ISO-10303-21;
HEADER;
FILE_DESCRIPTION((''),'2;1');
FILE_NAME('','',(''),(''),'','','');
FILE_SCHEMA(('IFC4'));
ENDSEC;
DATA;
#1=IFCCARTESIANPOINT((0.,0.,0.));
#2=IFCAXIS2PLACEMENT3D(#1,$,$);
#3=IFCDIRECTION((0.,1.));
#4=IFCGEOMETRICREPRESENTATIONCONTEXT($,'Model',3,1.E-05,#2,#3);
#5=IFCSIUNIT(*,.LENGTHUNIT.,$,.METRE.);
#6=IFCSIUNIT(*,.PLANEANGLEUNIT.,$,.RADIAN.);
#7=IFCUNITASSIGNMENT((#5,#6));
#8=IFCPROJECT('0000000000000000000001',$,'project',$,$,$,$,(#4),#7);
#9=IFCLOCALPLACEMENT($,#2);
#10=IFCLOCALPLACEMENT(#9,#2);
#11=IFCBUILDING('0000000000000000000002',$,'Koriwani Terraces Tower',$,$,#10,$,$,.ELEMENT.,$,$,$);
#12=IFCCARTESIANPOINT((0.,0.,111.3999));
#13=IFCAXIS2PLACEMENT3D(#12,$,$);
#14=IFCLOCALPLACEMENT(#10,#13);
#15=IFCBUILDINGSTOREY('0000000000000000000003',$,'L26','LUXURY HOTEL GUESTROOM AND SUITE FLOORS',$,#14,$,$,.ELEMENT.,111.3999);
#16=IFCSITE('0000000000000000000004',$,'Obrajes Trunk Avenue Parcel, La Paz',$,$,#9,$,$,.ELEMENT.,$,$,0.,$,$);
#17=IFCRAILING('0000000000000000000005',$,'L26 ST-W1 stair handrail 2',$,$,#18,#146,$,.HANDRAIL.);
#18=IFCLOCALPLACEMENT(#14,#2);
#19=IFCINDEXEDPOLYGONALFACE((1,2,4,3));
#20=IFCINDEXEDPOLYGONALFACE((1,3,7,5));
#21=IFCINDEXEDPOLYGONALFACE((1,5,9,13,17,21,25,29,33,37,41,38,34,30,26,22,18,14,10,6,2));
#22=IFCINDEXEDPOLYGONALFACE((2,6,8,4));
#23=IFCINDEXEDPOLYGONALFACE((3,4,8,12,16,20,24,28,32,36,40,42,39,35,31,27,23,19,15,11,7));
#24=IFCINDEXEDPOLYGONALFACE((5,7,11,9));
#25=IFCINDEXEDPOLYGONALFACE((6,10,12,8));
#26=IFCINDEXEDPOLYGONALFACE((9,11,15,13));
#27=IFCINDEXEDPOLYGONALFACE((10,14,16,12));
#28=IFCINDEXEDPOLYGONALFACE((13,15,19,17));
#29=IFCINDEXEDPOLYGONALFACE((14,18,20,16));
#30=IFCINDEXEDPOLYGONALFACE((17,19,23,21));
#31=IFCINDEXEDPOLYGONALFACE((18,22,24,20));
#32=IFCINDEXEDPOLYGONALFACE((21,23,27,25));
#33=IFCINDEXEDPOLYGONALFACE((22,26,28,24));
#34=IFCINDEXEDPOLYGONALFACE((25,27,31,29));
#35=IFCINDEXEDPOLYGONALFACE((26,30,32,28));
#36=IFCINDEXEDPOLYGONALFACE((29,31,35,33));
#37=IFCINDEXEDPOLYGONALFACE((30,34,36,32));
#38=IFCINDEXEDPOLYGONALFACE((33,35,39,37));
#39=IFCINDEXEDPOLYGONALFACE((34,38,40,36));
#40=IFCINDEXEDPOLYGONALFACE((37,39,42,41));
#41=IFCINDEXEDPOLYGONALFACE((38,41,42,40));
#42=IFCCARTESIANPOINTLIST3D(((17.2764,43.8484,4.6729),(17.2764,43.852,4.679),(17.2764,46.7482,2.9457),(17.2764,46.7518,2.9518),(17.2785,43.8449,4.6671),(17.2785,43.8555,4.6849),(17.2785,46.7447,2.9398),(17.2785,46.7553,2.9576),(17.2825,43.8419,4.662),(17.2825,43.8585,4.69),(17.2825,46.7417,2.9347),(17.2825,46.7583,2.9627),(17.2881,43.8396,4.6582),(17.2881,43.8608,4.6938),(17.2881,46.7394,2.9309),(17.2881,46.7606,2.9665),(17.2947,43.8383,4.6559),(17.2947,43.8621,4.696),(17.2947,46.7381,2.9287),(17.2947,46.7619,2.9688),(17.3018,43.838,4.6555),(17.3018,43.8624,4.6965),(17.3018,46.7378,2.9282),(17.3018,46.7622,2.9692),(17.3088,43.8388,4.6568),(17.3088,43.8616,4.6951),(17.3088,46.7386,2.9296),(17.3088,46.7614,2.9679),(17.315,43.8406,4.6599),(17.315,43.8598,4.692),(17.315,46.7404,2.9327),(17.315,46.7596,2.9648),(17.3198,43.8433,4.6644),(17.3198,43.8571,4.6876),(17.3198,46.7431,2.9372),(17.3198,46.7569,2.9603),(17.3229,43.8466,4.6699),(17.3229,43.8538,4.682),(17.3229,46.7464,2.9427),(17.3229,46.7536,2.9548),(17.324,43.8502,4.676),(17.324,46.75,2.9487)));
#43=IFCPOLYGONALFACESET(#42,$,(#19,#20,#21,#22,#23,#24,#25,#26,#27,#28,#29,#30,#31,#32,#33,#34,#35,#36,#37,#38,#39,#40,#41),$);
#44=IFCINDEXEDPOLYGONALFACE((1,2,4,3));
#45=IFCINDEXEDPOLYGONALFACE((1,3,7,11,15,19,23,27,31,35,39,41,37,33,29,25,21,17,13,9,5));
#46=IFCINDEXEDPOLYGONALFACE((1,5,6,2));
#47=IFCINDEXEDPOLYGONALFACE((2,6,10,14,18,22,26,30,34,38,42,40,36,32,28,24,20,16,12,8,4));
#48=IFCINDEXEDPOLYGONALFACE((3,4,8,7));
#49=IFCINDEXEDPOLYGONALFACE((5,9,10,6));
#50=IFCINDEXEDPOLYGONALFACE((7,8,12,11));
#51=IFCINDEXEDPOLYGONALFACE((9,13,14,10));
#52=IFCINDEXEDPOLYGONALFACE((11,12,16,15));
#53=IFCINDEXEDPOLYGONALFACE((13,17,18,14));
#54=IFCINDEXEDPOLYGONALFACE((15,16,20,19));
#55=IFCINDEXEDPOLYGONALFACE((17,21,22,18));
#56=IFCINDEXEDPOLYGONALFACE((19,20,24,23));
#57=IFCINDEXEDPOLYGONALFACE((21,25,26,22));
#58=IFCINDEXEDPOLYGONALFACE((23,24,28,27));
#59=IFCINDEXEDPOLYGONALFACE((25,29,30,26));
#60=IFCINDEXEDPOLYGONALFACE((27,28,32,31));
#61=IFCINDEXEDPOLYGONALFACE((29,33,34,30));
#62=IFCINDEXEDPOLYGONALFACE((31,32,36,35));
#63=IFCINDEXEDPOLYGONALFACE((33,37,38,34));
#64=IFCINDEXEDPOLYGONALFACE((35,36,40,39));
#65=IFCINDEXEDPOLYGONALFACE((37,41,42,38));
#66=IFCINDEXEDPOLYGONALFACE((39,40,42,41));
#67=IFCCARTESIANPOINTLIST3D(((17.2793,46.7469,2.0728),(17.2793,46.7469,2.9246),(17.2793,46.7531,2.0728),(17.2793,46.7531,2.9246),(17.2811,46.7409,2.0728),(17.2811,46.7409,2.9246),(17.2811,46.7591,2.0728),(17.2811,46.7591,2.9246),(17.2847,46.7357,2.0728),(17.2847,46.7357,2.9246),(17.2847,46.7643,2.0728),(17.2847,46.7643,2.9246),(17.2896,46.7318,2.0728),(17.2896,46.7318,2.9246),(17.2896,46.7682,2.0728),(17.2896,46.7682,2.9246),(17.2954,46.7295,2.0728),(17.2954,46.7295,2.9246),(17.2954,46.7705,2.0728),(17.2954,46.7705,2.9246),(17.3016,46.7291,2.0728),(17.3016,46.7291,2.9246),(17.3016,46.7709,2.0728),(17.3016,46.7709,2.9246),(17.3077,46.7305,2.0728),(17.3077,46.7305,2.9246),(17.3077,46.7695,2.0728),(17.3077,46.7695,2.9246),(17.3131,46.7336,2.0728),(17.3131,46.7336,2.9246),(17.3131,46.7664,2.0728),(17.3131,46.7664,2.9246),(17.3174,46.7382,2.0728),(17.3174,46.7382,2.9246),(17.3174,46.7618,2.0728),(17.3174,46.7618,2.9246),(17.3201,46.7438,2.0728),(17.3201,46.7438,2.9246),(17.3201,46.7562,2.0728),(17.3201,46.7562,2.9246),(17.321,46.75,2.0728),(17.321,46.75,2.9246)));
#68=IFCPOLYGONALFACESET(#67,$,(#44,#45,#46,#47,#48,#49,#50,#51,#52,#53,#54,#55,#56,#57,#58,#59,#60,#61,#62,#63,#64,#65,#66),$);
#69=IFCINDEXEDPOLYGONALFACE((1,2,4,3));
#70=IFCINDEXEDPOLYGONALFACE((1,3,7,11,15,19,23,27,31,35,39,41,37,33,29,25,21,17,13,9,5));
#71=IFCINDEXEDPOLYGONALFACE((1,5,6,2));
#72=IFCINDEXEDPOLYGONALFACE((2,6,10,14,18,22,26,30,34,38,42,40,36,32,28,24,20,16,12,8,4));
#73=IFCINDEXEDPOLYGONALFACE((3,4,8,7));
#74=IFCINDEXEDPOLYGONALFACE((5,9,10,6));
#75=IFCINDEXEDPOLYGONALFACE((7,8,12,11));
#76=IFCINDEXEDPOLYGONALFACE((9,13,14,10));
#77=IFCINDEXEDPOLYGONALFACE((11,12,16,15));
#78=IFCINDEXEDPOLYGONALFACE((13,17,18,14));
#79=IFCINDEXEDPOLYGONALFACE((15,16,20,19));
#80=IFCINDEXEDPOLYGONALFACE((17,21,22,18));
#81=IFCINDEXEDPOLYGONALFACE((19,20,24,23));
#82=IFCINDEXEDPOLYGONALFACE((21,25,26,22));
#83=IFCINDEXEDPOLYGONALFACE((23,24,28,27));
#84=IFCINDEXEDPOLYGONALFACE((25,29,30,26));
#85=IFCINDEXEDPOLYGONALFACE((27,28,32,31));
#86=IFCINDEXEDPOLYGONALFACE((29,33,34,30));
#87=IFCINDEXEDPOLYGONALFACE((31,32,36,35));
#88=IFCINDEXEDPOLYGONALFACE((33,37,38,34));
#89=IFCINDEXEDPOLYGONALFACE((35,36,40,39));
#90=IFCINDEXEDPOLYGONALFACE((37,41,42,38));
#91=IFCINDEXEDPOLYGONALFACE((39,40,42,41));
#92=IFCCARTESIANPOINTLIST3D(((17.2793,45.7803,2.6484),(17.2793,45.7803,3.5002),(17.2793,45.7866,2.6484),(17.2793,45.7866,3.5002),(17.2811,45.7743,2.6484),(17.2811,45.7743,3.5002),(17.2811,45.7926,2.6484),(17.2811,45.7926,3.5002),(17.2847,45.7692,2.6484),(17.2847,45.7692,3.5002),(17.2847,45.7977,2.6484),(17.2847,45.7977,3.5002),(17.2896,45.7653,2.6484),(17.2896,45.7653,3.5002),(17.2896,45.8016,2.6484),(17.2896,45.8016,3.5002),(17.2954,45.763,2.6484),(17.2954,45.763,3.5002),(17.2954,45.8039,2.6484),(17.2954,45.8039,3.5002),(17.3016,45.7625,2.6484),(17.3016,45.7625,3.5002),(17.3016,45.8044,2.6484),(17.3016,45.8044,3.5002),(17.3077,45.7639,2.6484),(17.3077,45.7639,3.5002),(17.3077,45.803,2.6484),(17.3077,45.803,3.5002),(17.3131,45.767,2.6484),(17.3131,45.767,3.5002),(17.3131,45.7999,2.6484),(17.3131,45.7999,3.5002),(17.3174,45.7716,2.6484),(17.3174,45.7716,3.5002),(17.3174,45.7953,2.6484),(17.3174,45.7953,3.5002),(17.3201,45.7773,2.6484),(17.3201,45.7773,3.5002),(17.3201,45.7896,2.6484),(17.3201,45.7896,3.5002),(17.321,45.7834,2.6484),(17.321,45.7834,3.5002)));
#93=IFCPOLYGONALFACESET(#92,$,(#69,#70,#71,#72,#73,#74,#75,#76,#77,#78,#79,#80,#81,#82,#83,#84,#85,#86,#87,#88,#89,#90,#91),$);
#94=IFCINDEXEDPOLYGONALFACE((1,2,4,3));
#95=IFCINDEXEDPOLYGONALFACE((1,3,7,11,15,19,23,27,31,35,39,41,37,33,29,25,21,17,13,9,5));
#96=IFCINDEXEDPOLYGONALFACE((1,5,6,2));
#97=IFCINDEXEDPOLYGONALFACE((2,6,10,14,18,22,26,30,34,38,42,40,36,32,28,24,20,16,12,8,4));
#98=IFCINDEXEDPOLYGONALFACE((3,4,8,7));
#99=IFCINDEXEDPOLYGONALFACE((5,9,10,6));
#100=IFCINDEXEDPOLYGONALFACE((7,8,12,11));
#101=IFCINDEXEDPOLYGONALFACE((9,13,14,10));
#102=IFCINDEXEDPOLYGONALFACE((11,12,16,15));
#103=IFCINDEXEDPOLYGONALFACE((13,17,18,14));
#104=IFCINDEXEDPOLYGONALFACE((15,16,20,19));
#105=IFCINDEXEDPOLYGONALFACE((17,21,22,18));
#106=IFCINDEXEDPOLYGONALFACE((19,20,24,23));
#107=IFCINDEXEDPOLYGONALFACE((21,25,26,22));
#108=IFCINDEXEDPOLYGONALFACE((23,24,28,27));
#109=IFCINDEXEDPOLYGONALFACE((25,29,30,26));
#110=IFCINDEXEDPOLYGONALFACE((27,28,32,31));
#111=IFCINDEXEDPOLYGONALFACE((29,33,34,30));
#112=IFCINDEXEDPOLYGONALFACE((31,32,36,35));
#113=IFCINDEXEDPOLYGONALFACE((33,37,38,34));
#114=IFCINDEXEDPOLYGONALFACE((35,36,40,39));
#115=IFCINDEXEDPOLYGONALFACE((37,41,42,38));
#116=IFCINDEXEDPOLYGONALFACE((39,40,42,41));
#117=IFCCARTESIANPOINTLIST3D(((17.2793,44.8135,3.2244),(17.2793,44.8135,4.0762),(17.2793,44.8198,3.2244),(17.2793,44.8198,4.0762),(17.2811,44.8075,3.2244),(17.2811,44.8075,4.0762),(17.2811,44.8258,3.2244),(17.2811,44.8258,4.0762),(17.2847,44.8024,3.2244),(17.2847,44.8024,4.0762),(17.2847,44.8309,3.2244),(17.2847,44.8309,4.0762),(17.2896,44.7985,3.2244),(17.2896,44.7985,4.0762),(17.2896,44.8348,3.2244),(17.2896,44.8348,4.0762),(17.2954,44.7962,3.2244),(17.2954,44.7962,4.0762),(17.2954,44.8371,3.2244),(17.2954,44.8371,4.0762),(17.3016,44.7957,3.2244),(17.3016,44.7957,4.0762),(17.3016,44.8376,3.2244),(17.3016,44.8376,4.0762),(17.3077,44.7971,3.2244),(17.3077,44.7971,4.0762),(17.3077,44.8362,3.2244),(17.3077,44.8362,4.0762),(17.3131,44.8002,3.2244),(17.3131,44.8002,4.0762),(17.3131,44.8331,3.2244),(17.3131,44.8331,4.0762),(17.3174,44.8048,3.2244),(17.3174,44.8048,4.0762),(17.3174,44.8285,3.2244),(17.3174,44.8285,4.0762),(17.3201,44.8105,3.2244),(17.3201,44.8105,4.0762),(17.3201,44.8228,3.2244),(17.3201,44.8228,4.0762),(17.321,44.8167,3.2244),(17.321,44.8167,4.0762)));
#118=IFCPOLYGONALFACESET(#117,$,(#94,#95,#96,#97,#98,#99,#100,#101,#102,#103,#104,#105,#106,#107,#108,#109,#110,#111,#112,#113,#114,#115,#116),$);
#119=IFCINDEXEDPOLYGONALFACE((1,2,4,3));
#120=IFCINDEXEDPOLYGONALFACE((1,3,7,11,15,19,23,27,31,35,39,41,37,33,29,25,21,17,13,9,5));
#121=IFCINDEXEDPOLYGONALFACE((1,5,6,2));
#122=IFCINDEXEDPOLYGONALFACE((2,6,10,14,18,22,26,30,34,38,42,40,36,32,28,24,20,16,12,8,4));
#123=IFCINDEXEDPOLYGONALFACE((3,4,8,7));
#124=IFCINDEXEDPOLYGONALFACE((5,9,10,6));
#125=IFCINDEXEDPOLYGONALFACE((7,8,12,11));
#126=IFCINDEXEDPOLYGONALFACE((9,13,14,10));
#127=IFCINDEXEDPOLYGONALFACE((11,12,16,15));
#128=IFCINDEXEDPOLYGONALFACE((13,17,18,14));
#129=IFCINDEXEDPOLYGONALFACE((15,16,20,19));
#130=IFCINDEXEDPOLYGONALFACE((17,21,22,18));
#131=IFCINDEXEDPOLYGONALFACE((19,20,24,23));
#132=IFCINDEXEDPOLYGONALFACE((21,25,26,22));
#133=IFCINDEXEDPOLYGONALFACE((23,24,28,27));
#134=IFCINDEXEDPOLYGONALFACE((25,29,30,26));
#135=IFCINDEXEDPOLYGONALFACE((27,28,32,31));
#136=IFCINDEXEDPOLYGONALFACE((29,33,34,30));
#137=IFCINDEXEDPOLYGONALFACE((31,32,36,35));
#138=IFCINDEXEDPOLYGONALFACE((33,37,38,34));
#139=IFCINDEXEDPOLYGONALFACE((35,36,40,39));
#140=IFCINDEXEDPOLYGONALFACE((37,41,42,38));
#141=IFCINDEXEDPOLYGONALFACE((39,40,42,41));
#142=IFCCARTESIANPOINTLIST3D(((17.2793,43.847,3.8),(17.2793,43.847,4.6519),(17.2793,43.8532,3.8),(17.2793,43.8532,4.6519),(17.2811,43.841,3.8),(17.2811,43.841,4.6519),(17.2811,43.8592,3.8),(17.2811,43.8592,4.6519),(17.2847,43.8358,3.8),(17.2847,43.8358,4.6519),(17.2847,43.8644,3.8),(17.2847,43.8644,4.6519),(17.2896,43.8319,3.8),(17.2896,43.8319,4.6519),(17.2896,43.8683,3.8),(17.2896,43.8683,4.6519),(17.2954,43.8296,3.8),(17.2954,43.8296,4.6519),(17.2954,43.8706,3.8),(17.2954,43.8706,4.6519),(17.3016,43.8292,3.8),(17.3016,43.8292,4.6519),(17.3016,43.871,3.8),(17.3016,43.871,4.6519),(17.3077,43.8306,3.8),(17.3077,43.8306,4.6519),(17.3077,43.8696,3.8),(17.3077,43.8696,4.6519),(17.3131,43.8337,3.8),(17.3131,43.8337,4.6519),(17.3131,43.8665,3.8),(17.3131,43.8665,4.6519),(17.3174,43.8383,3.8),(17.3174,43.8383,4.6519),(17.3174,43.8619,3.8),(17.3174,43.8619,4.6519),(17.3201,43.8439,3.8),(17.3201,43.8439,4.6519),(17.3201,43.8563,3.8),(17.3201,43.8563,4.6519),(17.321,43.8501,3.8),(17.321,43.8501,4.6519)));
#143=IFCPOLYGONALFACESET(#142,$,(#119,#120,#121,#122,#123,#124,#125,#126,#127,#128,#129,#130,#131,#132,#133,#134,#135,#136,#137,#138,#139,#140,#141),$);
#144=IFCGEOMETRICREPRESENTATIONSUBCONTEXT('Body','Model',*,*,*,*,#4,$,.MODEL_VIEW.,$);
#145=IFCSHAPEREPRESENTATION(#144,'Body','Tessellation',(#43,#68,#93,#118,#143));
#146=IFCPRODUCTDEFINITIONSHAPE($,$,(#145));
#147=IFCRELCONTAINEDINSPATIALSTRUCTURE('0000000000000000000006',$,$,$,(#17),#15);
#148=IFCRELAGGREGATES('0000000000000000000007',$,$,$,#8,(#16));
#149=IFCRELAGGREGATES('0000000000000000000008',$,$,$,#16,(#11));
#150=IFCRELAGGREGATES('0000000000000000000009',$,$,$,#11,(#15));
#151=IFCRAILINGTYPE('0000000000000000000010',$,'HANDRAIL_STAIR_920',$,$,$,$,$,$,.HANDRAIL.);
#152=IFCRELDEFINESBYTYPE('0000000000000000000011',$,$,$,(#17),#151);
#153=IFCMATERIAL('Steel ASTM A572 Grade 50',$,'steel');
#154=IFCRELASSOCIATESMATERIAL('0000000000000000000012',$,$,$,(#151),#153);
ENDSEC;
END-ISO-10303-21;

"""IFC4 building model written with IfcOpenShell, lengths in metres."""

from ifc_helpers import new_model, si_unit, direction, frame, origin, origin_2d, place, context, subcontext, project, spatial, circle, extrude, material, type_object, element, save


model = new_model("IFC4")

# Units and contexts
model_context = context("Model", 3, precision=1e-05, world=origin(), true_north=direction((0.0, 1.0)))
body_context = subcontext(model_context, "Body", "Model", "MODEL_VIEW")
ifc_project = project(units=[si_unit("LENGTHUNIT", "METRE"), si_unit("PLANEANGLEUNIT", "RADIAN")], contexts=[model_context])

# Site, building, storey
site_placement = place(None, origin())
site = spatial("IfcSite", under=ifc_project, at=site_placement, Name="Obrajes Trunk Avenue Parcel, La Paz", CompositionType="ELEMENT", RefElevation=0.0)
building_placement = place(site_placement, origin())
building = spatial("IfcBuilding", under=site, at=building_placement, Name="Koriwani Terraces Tower", CompositionType="ELEMENT")
storey_placement = place(building_placement, frame((0.0, 0.0, 111.3999)))
storey = spatial("IfcBuildingStorey", under=building, at=storey_placement, Name="L26", Description="LUXURY HOTEL GUESTROOM AND SUITE FLOORS", CompositionType="ELEMENT", Elevation=111.3999)

# Shared definitions
ifc_material_1 = material(Name="Steel ASTM A572 Grade 50", Category="steel")

# Railing
railing_type_1 = type_object("IfcRailingType", Name="HANDRAIL_STAIR_920", PredefinedType="HANDRAIL", material=ifc_material_1)
railing_1_placement = place(storey_placement, frame((17.3, 46.75, 2.0728)))
element("IfcRailing", 1, at=railing_1_placement, inside=storey, type_object=railing_type_1, Name="L26 ST-W1 stair handrail 2", PredefinedType="HANDRAIL", context=body_context, shape_type="SweptSolid", body=[
    extrude(circle(Radius=0.0239, at=origin_2d()), frame((0.0, 0.0, 0.876), z_axis=(0.0, -0.859141, 0.511738), x_axis=(1.0, 0.0, 0.0)), (0.0, 0.0, 1.0), 3.3752),
    extrude(circle(Radius=0.021, at=origin_2d()), origin(), (0.0, 0.0, 1.0), 0.8518),
    extrude(circle(Radius=0.021, at=origin_2d()), frame((0.0, -0.9666, 0.5757)), (0.0, 0.0, 1.0), 0.8518),
    extrude(circle(Radius=0.021, at=origin_2d()), frame((0.0, -1.9333, 1.1516)), (0.0, 0.0, 1.0), 0.8518),
    extrude(circle(Radius=0.021, at=origin_2d()), frame((0.0, -2.8999, 1.7273)), (0.0, 0.0, 1.0), 0.8518),
])

save(model, "model.ifc")
